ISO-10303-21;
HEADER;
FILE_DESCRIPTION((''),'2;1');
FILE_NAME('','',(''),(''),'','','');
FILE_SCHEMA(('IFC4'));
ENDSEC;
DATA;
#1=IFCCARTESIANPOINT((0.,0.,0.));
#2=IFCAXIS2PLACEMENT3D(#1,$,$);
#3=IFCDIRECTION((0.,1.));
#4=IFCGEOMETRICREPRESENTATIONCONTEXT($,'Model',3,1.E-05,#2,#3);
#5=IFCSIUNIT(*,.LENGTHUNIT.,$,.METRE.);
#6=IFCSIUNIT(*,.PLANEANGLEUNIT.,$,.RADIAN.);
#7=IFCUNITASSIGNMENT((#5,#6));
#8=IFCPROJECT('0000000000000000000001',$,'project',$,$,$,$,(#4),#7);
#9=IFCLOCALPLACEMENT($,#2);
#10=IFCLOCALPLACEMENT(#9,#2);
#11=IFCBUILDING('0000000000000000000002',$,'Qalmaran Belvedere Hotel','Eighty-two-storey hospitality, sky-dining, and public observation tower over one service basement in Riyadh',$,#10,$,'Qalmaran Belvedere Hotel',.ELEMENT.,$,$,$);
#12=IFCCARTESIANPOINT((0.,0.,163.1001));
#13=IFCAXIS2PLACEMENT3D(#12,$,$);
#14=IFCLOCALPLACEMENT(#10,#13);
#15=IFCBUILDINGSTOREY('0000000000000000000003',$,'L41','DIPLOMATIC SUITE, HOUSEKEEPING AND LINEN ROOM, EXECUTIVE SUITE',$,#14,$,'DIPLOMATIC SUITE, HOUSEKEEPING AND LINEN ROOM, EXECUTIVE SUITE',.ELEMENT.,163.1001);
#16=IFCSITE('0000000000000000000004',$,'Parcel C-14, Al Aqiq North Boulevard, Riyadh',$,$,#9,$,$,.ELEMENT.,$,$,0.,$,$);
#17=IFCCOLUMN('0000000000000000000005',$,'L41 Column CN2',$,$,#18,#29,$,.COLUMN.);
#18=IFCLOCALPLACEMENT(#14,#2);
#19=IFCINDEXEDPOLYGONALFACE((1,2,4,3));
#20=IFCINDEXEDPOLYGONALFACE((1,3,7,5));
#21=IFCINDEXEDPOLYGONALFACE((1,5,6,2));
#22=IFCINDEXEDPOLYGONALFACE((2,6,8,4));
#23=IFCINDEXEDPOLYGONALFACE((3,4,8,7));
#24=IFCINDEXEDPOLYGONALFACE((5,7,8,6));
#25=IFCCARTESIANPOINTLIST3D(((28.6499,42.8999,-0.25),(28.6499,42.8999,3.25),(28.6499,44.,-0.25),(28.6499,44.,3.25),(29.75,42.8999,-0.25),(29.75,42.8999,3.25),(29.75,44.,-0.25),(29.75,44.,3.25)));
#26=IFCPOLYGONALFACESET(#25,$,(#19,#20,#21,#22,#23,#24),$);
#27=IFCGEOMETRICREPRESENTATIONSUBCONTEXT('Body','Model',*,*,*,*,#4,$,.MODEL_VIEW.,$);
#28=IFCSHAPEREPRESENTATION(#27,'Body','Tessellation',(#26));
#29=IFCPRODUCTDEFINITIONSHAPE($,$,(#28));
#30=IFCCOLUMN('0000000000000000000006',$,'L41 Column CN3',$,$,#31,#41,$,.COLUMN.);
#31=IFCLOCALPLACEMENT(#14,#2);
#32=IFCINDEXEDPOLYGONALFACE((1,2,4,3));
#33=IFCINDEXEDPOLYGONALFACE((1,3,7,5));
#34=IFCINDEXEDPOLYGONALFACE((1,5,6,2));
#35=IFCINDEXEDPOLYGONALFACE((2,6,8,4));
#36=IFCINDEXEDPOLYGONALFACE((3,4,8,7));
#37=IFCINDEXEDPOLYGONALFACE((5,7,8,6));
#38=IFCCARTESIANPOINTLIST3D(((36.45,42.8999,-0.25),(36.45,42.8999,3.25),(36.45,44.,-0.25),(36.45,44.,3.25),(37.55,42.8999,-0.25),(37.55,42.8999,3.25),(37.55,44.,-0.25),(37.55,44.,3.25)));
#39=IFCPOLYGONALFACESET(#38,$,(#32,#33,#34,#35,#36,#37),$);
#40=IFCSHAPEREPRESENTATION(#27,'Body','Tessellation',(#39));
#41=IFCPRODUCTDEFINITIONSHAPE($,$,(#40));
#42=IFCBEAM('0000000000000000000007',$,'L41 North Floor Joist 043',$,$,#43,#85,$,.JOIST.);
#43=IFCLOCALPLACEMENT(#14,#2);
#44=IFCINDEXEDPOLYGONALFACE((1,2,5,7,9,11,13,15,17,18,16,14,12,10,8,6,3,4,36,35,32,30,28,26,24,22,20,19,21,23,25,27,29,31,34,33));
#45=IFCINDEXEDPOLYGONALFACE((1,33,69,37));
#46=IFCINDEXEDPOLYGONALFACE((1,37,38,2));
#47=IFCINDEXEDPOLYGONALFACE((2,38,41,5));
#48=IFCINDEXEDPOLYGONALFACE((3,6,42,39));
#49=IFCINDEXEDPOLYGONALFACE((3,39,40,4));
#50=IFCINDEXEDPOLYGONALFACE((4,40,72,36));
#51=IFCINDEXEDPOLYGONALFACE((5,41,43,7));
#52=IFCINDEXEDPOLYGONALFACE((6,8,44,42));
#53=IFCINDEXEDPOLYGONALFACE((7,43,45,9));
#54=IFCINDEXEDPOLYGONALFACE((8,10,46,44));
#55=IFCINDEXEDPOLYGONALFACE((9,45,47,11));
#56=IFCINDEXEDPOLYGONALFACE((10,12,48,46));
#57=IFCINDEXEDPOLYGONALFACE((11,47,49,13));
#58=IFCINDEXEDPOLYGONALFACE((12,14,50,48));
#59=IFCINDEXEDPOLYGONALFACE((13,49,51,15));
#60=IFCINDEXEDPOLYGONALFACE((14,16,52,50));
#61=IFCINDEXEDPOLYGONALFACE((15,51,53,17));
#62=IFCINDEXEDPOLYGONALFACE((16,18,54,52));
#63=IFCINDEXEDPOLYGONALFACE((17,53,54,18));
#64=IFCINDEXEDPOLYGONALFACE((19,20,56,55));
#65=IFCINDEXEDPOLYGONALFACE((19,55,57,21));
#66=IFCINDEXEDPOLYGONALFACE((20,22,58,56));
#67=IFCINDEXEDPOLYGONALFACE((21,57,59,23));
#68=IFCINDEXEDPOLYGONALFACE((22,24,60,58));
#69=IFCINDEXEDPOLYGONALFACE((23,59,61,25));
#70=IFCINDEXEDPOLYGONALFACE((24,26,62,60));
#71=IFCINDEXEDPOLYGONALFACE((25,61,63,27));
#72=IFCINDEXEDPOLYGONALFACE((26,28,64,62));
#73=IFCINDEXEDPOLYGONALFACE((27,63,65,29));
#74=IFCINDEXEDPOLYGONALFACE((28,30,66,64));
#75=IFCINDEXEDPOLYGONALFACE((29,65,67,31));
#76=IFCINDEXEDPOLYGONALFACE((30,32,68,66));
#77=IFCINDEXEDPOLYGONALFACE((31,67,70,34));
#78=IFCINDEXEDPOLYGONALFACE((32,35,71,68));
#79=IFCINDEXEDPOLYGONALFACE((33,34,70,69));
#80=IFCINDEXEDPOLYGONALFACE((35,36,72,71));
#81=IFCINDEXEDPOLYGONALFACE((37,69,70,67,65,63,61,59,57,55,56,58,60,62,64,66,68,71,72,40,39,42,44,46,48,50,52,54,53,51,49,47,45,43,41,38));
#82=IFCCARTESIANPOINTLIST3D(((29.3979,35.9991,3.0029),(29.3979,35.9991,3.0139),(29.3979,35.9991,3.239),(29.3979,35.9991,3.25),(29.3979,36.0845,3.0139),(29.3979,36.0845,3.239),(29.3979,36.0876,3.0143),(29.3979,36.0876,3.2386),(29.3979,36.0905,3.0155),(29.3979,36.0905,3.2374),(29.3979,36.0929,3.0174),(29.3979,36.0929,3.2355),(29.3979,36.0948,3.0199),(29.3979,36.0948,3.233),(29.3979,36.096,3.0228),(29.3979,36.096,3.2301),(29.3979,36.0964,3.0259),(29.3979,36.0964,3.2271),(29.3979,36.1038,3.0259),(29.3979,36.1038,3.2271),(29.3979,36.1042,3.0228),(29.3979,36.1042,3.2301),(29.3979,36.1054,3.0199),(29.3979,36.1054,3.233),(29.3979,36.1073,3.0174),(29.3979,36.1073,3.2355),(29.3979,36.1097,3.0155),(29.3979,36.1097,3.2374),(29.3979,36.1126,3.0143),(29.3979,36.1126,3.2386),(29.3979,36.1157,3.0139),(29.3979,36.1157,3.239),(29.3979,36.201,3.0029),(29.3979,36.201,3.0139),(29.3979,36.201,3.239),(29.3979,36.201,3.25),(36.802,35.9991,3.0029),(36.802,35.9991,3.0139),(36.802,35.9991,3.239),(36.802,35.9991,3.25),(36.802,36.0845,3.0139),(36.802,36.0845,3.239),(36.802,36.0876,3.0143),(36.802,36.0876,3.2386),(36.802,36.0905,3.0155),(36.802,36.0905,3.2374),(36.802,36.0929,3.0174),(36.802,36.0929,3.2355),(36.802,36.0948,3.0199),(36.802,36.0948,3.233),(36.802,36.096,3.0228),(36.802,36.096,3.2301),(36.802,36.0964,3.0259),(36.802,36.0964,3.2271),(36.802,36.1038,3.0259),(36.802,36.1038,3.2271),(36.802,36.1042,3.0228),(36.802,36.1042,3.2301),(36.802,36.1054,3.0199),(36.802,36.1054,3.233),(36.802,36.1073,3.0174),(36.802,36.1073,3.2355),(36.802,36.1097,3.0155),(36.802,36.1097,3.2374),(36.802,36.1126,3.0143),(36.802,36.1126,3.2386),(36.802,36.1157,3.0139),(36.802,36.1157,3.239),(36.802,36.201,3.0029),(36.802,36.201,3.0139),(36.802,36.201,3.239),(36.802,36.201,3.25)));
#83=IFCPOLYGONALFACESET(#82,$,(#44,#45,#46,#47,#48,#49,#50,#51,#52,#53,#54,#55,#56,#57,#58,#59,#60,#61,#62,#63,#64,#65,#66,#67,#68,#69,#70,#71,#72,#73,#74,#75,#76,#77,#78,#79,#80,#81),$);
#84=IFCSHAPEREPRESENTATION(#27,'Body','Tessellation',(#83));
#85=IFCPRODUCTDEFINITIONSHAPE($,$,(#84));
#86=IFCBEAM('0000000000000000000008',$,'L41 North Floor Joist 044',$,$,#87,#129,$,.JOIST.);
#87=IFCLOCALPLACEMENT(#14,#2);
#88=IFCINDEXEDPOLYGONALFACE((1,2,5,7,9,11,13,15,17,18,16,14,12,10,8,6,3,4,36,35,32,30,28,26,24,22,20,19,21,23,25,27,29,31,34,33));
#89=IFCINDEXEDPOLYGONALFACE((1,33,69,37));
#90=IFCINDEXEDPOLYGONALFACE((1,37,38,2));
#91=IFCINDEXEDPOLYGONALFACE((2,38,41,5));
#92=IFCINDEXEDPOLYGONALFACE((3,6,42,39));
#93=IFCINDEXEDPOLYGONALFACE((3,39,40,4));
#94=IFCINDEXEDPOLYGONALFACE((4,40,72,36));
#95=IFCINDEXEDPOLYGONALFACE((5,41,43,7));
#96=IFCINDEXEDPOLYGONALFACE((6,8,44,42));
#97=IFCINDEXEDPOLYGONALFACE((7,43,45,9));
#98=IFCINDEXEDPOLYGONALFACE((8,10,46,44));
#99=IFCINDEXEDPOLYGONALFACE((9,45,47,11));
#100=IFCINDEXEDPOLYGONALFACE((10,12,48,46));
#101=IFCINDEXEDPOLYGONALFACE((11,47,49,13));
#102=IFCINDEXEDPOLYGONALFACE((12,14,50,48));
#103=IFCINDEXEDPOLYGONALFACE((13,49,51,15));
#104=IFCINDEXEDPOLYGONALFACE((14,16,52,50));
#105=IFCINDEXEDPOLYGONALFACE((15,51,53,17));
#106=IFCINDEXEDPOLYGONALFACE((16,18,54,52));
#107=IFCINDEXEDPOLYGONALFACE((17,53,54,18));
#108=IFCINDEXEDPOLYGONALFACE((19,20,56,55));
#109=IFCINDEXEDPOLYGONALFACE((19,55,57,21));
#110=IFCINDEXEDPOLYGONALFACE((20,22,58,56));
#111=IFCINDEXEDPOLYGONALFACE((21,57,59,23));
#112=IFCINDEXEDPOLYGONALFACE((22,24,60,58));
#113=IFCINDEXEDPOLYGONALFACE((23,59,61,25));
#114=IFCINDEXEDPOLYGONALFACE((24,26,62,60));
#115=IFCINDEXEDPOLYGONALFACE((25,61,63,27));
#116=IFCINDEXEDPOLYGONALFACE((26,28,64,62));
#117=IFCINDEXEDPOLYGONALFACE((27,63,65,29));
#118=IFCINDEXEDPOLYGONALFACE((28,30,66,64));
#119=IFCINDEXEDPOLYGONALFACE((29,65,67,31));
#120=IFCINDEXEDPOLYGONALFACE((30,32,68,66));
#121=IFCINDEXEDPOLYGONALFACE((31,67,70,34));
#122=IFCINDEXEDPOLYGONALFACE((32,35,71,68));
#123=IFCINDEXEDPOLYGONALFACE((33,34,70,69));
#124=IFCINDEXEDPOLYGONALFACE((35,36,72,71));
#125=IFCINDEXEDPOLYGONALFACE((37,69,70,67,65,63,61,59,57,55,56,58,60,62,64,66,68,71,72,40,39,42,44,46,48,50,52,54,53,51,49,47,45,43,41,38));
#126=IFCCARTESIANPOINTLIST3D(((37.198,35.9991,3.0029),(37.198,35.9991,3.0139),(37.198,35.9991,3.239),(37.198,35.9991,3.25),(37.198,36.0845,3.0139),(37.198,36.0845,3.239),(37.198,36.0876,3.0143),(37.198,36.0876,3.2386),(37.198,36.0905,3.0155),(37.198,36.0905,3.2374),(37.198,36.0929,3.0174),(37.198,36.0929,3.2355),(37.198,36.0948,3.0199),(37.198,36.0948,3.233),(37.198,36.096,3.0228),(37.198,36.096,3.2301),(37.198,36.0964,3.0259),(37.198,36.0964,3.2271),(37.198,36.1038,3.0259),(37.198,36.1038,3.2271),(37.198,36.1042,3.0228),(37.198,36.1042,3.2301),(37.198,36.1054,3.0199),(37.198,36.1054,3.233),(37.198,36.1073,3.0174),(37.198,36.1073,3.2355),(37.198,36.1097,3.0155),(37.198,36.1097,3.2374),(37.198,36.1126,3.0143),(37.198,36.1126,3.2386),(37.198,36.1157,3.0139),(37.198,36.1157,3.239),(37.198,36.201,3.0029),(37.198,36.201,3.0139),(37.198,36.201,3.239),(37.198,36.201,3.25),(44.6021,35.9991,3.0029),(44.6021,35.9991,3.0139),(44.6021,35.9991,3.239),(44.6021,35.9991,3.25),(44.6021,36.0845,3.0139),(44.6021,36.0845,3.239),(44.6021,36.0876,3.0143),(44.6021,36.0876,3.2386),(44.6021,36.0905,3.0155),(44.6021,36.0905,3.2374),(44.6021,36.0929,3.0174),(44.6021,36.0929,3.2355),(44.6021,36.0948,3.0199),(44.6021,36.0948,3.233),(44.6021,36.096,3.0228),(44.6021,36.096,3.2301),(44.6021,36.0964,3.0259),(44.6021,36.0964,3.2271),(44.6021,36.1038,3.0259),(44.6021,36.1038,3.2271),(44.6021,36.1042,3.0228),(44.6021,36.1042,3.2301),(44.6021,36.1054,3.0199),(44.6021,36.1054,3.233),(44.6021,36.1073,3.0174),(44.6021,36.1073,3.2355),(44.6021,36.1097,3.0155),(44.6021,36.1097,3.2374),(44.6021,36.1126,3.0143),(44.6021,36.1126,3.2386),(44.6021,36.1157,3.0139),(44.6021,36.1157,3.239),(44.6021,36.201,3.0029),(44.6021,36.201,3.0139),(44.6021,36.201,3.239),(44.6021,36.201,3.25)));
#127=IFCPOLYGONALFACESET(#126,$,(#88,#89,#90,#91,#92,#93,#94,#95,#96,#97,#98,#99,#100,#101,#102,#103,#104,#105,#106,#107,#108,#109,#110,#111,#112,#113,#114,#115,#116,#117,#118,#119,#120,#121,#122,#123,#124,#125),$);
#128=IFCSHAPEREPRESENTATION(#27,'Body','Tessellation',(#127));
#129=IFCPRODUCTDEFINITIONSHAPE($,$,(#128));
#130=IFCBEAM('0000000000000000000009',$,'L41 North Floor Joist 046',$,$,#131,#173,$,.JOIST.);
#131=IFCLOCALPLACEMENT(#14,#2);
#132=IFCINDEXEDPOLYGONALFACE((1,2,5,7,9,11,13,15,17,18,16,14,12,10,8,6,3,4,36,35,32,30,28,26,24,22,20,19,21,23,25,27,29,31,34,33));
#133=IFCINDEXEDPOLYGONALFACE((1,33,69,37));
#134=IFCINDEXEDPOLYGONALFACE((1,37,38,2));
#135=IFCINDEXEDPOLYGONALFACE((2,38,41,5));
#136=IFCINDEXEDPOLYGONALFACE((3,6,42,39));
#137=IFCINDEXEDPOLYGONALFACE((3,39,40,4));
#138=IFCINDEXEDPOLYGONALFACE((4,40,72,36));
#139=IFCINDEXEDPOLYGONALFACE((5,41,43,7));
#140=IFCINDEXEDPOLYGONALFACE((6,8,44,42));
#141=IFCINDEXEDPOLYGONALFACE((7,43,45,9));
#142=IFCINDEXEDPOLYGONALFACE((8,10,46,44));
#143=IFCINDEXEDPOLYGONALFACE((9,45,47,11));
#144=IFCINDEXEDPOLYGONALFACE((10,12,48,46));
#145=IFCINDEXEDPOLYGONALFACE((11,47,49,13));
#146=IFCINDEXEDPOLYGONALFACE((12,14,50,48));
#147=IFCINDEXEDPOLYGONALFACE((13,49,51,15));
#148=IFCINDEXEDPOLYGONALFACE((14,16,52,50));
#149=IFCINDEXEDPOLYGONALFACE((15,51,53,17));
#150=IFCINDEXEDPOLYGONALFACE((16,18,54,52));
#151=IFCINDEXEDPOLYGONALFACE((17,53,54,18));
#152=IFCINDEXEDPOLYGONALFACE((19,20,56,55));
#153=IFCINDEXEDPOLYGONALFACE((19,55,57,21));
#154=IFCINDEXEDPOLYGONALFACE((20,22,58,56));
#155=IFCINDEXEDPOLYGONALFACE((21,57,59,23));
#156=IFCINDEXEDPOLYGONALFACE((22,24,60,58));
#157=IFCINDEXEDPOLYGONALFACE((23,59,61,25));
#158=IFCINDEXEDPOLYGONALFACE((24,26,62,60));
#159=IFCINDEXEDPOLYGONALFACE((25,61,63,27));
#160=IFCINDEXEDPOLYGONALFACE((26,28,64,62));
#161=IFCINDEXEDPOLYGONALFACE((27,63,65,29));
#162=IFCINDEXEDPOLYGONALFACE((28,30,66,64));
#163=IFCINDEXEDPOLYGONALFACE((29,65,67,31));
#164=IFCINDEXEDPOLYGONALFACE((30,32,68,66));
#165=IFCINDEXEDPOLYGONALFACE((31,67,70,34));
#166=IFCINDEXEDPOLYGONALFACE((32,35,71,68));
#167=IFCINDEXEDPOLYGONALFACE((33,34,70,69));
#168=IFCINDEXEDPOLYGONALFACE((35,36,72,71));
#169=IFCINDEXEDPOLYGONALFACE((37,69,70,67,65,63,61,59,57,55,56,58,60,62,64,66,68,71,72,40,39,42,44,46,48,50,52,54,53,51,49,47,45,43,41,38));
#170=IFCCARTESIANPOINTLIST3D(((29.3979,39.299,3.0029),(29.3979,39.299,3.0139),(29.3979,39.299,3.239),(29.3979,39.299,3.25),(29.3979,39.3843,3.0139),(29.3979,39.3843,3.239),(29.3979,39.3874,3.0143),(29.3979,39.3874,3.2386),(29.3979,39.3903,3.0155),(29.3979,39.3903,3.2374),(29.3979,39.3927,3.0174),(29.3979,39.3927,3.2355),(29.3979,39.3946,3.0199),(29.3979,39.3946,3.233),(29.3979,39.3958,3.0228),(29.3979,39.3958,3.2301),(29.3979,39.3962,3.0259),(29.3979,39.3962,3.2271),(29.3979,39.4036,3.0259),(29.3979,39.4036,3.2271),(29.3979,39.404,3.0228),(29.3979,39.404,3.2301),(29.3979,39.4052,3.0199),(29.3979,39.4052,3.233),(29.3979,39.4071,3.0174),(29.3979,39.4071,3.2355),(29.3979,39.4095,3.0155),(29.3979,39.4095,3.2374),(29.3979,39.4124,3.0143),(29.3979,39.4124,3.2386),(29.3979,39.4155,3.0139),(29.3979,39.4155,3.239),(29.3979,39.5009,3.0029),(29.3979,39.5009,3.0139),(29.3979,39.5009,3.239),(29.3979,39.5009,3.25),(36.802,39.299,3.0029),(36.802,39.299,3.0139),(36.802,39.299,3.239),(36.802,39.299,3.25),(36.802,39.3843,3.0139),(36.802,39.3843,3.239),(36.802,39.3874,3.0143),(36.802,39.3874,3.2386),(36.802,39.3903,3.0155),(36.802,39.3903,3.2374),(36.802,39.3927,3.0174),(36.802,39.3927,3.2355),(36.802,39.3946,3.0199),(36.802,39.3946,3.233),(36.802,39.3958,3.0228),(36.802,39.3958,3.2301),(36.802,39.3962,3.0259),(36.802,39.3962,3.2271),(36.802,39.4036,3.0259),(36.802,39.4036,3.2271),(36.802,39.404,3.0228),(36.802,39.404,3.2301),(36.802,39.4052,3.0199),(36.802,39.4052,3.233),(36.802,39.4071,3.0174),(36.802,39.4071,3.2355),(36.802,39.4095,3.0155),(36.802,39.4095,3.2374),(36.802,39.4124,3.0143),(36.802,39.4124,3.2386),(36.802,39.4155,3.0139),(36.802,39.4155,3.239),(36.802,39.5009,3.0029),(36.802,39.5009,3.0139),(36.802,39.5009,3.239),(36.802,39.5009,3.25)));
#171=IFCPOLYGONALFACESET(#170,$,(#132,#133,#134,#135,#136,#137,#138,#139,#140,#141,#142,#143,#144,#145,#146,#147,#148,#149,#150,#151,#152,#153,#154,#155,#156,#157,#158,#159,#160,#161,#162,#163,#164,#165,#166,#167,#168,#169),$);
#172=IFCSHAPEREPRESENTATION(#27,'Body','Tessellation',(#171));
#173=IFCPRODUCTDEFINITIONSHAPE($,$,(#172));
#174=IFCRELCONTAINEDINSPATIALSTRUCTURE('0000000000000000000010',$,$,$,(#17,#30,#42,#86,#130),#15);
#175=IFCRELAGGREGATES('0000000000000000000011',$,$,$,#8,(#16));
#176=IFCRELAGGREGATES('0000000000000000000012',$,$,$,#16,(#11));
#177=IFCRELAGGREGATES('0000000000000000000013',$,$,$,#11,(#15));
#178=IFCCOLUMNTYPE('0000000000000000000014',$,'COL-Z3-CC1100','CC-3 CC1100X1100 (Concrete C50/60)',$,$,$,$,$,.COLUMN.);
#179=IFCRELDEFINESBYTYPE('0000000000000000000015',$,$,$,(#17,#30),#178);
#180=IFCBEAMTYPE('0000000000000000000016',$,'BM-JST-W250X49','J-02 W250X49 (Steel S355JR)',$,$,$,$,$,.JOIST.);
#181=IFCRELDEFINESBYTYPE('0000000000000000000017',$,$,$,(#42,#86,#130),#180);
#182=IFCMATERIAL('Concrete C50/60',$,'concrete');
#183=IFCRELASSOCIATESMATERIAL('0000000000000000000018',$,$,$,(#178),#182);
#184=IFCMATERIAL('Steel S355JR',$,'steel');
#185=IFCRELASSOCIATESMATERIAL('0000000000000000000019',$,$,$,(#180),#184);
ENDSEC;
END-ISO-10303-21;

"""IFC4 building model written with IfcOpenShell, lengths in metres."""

from ifc_helpers import new_model, si_unit, direction, frame, origin, origin_2d, place, context, subcontext, project, spatial, rectangle, i_section, extrude, material, material_profile, profile_set, type_object, element, save


model = new_model("IFC4")

# Units and contexts
model_context = context("Model", 3, precision=1e-05, world=origin(), true_north=direction((0.0, 1.0)))
body_context = subcontext(model_context, "Body", "Model", "MODEL_VIEW")
ifc_project = project(units=[si_unit("LENGTHUNIT", "METRE"), si_unit("PLANEANGLEUNIT", "RADIAN")], contexts=[model_context])

# Site, building, storey
site_placement = place(None, origin())
site = spatial("IfcSite", under=ifc_project, at=site_placement, Name="Parcel C-14, Al Aqiq North Boulevard, Riyadh", CompositionType="ELEMENT", RefElevation=0.0)
building_placement = place(site_placement, origin())
building = spatial("IfcBuilding", under=site, at=building_placement, Name="Qalmaran Belvedere Hotel", Description="Eighty-two-storey hospitality, sky-dining, and public observation tower over one service basement in Riyadh", LongName="Qalmaran Belvedere Hotel", CompositionType="ELEMENT")
storey_placement = place(building_placement, frame((0.0, 0.0, 163.1001)))
storey = spatial("IfcBuildingStorey", under=building, at=storey_placement, Name="L41", Description="DIPLOMATIC SUITE, HOUSEKEEPING AND LINEN ROOM, EXECUTIVE SUITE", LongName="DIPLOMATIC SUITE, HOUSEKEEPING AND LINEN ROOM, EXECUTIVE SUITE", CompositionType="ELEMENT", Elevation=163.1001)

# Columns
ifc_material_1 = material(Name="Concrete C50/60", Category="concrete")
ifc_material_profile_1 = material_profile(ifc_material_1, rectangle(XDim=1.1001, YDim=1.1001, at=origin_2d()), Name="CC1100X1100")
ifc_profile_set_1 = profile_set([ifc_material_profile_1], Name="Concrete C50/60")
column_type = type_object("IfcColumnType", Name="COL-Z3-CC1100", Description="CC-3 CC1100X1100 (Concrete C50/60)", PredefinedType="COLUMN", material=ifc_profile_set_1)
for number, where, z_axis, x_axis, name in (
    (1, (29.2, 43.45, -0.25), (0.0, 0.0, 1.0), (1.0, 0.0, 0.0), "L41 Column CN2"),
    (2, (37.0, 43.45, -0.25), (0.0, 0.0, 1.0), (1.0, 0.0, 0.0), "L41 Column CN3"),
):
    element("IfcColumn", number, at=place(storey_placement, frame(where, z_axis=z_axis, x_axis=x_axis)), inside=storey, type_object=column_type, Name=name, PredefinedType="COLUMN", context=body_context, shape_type="SweptSolid", body=[
        extrude(rectangle(XDim=1.1001, YDim=1.1001, at=origin_2d()), origin(), (0.0, 0.0, 1.0), 3.5),
    ])

# Beams
ifc_material_2 = material(Name="Steel S355JR", Category="steel")
ifc_material_profile_2 = material_profile(ifc_material_2, i_section(OverallWidth=0.2019, OverallDepth=0.2471, WebThickness=0.0073, FlangeThickness=0.011, FilletRadius=0.012, at=origin_2d()), Name="W250X49")
ifc_profile_set_2 = profile_set([ifc_material_profile_2], Name="Steel S355JR")
beam_type_1 = type_object("IfcBeamType", Name="BM-JST-W250X49", Description="J-02 W250X49 (Steel S355JR)", PredefinedType="JOIST", material=ifc_profile_set_2)
for number, where, z_axis, x_axis, name in (
    (3, (29.3979, 36.1001, 3.1265), (1.0, 0.0, 0.0), (0.0, 1.0, 0.0), "L41 North Floor Joist 043"),
    (4, (37.198, 36.1001, 3.1265), (1.0, 0.0, 0.0), (0.0, 1.0, 0.0), "L41 North Floor Joist 044"),
    (5, (29.3979, 39.3999, 3.1265), (1.0, 0.0, 0.0), (0.0, 1.0, 0.0), "L41 North Floor Joist 046"),
):
    element("IfcBeam", number, at=place(storey_placement, frame(where, z_axis=z_axis, x_axis=x_axis)), inside=storey, type_object=beam_type_1, Name=name, PredefinedType="JOIST", context=body_context, shape_type="SweptSolid", body=[
        extrude(i_section(OverallWidth=0.2019, OverallDepth=0.2471, WebThickness=0.0073, FlangeThickness=0.011, FilletRadius=0.012, at=origin_2d()), origin(), (0.0, 0.0, 1.0), 7.4041),
    ])

save(model, "model.ifc")
